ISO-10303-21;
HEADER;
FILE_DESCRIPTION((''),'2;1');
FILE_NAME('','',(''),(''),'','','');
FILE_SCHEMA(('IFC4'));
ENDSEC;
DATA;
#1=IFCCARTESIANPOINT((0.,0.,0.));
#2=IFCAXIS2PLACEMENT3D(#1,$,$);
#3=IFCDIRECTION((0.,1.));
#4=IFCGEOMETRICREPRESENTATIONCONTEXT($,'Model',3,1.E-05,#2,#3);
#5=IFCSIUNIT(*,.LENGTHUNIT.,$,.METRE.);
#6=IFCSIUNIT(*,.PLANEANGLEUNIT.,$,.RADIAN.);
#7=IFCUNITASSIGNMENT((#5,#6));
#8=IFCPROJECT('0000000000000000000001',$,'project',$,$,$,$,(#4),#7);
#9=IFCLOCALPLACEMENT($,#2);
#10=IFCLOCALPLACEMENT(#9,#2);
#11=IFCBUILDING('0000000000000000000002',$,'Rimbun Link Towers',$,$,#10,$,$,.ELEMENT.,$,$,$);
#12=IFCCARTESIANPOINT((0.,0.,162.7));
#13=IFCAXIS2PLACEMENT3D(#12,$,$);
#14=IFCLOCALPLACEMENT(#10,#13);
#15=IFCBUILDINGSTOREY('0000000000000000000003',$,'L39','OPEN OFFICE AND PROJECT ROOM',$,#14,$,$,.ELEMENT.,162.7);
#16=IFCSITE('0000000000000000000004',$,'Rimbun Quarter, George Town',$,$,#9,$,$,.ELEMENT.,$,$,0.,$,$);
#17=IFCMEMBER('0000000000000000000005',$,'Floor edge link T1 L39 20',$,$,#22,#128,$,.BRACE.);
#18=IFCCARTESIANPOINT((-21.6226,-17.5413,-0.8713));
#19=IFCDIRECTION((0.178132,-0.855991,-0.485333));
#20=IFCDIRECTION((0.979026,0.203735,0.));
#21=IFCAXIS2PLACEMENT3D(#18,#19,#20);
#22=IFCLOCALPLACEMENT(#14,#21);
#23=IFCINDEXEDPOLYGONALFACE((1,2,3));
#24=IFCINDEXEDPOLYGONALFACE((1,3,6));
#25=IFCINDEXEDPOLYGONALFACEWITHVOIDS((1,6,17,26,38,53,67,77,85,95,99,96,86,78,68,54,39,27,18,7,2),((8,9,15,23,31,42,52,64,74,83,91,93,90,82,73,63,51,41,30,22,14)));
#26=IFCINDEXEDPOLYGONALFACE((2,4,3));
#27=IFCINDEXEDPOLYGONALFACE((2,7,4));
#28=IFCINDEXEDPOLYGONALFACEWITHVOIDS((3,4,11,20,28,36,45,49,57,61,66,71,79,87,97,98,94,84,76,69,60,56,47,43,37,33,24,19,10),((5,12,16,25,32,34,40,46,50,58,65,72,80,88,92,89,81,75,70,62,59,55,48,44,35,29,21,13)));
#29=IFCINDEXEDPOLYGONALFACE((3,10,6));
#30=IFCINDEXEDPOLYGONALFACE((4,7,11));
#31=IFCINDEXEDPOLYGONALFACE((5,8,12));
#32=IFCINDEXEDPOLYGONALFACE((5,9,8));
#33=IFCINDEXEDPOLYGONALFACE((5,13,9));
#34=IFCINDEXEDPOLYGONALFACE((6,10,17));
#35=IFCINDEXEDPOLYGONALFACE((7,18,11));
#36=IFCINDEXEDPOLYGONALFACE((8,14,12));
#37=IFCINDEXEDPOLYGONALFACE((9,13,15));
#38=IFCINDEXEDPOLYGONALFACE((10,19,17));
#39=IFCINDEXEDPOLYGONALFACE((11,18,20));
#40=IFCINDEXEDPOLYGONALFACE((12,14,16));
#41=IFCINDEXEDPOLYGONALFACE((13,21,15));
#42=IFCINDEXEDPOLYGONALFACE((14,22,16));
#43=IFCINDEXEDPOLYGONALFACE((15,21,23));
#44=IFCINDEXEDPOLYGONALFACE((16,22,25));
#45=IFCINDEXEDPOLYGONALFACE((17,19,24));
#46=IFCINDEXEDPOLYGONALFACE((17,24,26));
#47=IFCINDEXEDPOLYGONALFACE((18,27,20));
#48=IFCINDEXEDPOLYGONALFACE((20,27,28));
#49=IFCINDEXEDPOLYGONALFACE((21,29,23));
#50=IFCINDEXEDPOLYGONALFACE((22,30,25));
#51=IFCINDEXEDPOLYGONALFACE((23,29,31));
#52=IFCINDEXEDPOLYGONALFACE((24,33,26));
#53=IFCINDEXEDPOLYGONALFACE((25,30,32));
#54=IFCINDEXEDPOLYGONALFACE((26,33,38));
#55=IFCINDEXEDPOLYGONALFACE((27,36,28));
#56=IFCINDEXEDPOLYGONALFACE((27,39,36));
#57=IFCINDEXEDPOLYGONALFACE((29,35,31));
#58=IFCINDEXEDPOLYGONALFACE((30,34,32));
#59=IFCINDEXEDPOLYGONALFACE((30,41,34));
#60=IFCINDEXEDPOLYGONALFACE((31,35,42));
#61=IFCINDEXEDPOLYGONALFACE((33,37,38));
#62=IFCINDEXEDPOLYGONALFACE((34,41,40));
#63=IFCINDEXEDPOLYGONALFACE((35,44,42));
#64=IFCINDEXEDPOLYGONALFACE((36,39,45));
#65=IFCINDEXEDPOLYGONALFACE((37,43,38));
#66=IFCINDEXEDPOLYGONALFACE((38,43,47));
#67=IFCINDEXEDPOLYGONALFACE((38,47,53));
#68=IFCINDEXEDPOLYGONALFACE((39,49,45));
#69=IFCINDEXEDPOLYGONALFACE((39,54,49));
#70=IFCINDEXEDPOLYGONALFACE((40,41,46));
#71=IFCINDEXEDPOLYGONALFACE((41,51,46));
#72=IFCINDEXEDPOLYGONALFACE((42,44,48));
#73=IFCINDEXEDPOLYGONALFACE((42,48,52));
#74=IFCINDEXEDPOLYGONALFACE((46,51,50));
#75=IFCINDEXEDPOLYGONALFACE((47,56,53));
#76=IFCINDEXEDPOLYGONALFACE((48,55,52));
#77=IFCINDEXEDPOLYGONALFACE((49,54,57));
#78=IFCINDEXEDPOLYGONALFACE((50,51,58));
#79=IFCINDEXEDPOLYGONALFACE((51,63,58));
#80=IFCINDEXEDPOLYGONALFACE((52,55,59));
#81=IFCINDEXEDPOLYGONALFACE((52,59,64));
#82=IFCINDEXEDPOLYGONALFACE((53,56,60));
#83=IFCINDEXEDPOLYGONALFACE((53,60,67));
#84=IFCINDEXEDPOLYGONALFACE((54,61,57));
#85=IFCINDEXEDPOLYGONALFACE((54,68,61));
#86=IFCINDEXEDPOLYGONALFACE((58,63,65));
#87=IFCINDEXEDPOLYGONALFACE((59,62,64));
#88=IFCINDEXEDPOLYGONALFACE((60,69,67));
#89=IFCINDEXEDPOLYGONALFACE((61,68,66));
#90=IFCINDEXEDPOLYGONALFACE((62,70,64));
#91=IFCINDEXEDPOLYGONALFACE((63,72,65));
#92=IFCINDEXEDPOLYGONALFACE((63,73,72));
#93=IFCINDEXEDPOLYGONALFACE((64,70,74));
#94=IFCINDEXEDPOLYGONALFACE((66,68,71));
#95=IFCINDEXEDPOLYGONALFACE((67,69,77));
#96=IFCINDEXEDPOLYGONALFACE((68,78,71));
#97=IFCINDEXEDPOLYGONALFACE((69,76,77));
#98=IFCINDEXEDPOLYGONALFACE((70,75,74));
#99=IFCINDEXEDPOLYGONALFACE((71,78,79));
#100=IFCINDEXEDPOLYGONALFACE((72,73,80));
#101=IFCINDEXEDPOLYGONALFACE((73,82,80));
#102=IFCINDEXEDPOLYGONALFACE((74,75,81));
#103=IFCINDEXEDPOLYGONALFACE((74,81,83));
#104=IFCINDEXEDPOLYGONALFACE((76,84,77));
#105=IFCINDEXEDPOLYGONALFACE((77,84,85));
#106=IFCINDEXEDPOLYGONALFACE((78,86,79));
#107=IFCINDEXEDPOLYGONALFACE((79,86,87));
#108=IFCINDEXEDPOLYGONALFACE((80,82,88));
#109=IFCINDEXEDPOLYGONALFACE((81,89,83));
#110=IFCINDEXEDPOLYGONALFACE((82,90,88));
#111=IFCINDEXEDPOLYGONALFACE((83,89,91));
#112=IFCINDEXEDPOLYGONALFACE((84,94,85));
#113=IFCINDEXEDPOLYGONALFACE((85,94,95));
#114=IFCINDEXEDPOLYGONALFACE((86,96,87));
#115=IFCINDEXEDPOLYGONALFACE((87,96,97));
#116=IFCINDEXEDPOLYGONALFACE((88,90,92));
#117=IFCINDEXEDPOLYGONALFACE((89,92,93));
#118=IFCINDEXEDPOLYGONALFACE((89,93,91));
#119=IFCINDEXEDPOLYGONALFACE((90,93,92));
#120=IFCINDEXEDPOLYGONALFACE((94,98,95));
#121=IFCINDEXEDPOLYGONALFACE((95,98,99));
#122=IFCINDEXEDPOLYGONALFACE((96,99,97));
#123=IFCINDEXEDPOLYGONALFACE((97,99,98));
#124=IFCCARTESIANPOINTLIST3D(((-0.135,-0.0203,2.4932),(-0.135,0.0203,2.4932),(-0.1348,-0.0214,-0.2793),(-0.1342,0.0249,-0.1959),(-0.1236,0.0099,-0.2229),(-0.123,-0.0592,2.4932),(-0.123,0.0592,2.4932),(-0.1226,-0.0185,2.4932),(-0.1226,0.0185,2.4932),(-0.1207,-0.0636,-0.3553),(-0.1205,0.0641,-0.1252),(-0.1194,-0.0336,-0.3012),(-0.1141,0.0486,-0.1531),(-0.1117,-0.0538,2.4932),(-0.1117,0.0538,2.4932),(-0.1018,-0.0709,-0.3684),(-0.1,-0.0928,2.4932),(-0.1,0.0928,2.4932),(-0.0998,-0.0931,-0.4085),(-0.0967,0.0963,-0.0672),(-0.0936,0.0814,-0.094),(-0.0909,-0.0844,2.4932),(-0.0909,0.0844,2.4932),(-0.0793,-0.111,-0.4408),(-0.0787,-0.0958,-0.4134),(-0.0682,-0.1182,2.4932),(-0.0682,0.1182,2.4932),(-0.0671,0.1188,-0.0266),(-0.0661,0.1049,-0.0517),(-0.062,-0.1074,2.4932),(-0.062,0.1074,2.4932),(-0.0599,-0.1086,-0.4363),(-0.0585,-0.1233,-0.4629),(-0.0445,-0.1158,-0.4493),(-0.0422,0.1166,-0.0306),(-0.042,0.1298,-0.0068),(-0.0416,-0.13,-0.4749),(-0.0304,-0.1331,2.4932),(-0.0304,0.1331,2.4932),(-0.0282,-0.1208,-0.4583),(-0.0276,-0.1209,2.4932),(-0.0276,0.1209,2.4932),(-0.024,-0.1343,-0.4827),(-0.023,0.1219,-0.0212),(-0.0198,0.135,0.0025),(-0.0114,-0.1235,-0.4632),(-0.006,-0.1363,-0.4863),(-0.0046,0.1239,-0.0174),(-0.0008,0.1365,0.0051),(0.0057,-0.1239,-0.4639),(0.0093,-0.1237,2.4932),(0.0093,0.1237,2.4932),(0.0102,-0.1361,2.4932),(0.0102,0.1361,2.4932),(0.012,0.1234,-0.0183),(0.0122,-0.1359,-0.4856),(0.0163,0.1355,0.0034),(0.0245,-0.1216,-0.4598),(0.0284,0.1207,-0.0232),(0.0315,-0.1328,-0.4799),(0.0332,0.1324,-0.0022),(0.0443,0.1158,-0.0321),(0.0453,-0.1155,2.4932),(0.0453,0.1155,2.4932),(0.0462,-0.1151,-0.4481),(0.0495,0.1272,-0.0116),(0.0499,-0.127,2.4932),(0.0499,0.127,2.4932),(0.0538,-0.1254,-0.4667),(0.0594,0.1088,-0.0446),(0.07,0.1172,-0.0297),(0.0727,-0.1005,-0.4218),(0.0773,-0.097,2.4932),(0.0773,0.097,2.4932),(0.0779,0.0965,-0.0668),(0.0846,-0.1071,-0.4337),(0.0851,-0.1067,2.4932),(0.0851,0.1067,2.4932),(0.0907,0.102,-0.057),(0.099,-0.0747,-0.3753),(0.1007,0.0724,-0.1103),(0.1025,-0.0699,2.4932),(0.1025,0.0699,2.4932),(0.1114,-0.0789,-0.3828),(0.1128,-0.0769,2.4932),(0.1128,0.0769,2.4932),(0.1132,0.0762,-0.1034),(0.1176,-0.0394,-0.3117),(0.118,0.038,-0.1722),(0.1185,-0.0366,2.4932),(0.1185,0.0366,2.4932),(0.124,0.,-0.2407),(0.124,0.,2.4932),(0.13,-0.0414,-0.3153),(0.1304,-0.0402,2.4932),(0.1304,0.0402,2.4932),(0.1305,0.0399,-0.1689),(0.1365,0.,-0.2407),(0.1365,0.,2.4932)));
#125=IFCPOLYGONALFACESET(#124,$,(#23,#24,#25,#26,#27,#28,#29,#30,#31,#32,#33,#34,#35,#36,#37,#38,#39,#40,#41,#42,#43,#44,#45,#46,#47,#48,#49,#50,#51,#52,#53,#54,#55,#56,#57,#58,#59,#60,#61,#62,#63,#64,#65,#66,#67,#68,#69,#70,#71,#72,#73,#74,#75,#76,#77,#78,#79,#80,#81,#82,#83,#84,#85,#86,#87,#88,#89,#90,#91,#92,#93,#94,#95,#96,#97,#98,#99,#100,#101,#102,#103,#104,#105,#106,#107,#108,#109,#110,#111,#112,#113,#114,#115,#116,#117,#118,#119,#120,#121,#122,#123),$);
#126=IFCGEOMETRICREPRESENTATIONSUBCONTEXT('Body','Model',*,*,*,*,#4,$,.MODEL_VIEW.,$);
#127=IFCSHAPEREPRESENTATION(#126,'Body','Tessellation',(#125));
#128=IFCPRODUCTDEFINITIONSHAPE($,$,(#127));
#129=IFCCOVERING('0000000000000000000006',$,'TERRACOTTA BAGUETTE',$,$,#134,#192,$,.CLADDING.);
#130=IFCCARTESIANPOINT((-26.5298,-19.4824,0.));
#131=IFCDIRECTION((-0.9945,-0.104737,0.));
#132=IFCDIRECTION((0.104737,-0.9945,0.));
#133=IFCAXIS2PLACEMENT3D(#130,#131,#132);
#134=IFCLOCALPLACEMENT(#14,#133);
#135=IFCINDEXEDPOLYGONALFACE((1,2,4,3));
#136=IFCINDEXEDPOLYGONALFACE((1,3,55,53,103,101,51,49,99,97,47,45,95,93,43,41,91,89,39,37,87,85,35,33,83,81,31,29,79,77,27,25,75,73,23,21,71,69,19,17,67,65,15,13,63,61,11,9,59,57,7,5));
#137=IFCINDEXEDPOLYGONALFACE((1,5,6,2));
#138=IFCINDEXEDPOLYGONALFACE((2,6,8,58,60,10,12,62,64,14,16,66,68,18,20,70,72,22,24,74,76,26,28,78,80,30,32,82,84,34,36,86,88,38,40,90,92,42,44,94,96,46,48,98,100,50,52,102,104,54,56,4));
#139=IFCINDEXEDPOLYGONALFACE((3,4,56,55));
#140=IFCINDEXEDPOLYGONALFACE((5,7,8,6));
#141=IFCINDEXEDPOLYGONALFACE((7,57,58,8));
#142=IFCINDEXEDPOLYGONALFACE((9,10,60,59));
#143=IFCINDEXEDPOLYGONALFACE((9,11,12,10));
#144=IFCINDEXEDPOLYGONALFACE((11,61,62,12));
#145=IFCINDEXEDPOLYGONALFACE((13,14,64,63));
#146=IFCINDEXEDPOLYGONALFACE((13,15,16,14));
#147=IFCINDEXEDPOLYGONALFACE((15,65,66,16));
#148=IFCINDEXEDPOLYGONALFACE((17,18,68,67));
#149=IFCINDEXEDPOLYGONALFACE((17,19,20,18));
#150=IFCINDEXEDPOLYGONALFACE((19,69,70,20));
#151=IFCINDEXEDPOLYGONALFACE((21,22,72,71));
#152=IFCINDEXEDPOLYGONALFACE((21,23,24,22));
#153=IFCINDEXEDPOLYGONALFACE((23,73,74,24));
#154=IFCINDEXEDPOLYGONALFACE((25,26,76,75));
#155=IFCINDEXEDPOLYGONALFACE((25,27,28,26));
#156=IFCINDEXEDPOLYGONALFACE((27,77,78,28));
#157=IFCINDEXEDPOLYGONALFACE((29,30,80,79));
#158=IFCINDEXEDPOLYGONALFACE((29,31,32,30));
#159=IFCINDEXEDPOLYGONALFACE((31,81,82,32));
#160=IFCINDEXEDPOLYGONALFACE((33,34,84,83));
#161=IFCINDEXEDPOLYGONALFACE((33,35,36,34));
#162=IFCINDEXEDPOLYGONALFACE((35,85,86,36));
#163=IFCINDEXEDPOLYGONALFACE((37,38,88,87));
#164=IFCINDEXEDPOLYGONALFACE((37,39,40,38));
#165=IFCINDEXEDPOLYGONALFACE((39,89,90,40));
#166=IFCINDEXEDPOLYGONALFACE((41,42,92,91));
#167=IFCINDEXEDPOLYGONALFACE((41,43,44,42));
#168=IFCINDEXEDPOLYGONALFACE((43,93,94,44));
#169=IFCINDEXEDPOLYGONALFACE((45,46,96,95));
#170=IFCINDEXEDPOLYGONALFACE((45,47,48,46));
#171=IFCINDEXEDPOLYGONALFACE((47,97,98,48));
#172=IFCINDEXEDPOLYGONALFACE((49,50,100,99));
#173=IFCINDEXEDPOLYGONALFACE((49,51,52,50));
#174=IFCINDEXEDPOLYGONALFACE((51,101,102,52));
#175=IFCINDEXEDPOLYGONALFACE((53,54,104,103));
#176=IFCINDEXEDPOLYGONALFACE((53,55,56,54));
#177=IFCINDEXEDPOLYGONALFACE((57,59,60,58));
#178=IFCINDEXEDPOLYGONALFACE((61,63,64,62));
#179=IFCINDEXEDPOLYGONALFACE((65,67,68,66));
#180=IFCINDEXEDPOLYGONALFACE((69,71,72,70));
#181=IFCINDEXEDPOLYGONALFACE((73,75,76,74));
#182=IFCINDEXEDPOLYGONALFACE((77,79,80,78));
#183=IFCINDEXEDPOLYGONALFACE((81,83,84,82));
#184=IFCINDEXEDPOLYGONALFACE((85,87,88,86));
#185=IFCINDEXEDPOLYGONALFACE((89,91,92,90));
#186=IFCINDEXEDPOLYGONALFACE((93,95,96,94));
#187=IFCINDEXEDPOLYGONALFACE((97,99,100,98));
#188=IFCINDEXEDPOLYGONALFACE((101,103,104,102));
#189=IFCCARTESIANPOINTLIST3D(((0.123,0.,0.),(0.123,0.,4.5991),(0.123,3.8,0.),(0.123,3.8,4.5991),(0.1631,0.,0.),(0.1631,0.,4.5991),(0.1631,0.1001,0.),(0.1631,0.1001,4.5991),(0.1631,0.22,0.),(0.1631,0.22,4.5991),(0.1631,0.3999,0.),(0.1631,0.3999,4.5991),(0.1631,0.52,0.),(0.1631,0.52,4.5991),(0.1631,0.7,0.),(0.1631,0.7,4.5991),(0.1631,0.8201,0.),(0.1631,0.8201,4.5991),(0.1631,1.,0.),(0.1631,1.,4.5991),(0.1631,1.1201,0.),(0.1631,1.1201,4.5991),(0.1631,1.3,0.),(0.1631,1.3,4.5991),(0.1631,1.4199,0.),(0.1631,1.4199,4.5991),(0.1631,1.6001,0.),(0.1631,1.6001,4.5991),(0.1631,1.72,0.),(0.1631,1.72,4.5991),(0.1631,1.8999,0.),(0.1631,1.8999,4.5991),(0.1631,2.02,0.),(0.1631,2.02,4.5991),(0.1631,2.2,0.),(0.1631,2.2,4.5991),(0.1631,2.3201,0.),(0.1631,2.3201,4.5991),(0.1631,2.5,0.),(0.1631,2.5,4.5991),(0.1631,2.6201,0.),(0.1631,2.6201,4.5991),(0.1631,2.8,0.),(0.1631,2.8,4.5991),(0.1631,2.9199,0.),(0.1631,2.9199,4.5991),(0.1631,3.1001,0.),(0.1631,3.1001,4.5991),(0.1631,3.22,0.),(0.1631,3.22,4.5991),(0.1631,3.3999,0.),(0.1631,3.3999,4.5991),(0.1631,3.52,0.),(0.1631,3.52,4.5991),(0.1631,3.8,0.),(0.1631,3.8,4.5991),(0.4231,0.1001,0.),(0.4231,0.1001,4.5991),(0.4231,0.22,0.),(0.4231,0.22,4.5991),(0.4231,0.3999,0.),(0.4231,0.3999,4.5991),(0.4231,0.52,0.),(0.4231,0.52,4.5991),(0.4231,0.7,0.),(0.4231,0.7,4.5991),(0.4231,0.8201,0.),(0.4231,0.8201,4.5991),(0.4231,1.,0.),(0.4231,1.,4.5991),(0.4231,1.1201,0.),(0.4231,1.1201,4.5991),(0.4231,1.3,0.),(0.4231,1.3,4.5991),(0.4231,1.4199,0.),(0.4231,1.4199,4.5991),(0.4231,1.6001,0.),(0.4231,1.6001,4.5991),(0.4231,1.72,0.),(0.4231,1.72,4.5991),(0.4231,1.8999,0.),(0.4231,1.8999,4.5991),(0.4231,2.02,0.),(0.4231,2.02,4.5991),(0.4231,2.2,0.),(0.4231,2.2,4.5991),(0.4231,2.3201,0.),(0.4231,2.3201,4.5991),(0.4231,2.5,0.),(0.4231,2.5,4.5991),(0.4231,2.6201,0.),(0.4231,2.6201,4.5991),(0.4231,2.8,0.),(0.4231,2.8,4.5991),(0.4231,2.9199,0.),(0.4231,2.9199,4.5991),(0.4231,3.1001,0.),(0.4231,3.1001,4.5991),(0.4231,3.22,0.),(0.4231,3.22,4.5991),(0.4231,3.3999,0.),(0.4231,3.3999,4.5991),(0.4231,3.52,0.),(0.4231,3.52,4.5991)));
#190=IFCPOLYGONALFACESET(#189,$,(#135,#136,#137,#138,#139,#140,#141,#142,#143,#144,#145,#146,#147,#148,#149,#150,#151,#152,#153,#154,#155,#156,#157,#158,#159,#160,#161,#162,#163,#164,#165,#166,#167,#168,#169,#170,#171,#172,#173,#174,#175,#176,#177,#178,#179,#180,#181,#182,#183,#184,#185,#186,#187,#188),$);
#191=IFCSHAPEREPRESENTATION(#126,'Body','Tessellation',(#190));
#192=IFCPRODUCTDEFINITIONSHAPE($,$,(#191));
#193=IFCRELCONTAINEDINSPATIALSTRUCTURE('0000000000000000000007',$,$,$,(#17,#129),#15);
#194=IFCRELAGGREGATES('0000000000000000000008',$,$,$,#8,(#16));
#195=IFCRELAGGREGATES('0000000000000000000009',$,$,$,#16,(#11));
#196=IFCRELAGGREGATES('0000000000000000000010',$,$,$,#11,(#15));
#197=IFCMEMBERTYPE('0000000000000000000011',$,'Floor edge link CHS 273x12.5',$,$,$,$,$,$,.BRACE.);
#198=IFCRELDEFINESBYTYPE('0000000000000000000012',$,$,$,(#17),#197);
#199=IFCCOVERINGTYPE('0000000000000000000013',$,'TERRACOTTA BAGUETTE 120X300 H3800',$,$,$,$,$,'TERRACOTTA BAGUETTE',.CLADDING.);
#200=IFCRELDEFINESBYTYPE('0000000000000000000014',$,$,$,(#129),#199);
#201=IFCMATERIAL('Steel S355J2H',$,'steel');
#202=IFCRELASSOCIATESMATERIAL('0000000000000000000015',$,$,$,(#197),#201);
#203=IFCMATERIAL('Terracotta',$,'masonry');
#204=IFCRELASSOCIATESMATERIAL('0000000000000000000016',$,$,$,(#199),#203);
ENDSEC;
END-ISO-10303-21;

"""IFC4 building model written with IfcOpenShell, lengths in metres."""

from ifc_helpers import new_model, si_unit, direction, frame, origin, origin_2d, place, context, subcontext, project, spatial, polyline, hollow_circle, outline, extrude, clip, halfspace, material, material_profile, profile_set, type_object, element, save


model = new_model("IFC4")

# Units and contexts
model_context = context("Model", 3, precision=1e-05, world=origin(), true_north=direction((0.0, 1.0)))
body_context = subcontext(model_context, "Body", "Model", "MODEL_VIEW")
ifc_project = project(units=[si_unit("LENGTHUNIT", "METRE"), si_unit("PLANEANGLEUNIT", "RADIAN")], contexts=[model_context])

# Site, building, storey
site_placement = place(None, origin())
site = spatial("IfcSite", under=ifc_project, at=site_placement, Name="Rimbun Quarter, George Town", CompositionType="ELEMENT", RefElevation=0.0)
building_placement = place(site_placement, origin())
building = spatial("IfcBuilding", under=site, at=building_placement, Name="Rimbun Link Towers", CompositionType="ELEMENT")
storey_placement = place(building_placement, frame((0.0, 0.0, 162.7)))
storey = spatial("IfcBuildingStorey", under=building, at=storey_placement, Name="L39", Description="OPEN OFFICE AND PROJECT ROOM", CompositionType="ELEMENT", Elevation=162.7)

# Member
ifc_material_1 = material(Name="Steel S355J2H", Category="steel")
ifc_material_profile_1 = material_profile(ifc_material_1, hollow_circle(Radius=0.1365, WallThickness=0.0125, at=origin_2d()), Name="CHS 273x12.5")
ifc_profile_set_1 = profile_set([ifc_material_profile_1], Name="Steel S355J2H")
member_type_1 = type_object("IfcMemberType", Name="Floor edge link CHS 273x12.5", PredefinedType="BRACE", material=ifc_profile_set_1)
member_1_placement = place(storey_placement, frame((-21.6226, -17.5413, -0.8713), z_axis=(0.178132, -0.855991, -0.485333), x_axis=(0.979026, 0.203735, 0.0)))
element("IfcMember", 1, at=member_1_placement, inside=storey, type_object=member_type_1, Name="Floor edge link T1 L39 20", PredefinedType="BRACE", context=body_context, shape_type="Clipping", body=[
    clip(extrude(hollow_circle(Radius=0.1365, WallThickness=0.0125, at=origin_2d()), frame((0.0, 0.0, -0.5125)), (0.0, 0.0, 1.0), 3.0056), halfspace(frame((0.0, 0.0, -0.2407), z_axis=(0.0, 0.87433, -0.485333)), False)),
])

# Covering
ifc_material_2 = material(Name="Terracotta", Category="masonry")
ifc_material_profile_2 = material_profile(ifc_material_2, outline(polyline([(0.123, 0.0), (0.1631, 0.0), (0.1631, 0.1001), (0.4231, 0.1001), (0.4231, 0.22), (0.1631, 0.22), (0.1631, 0.3999), (0.4231, 0.3999), (0.4231, 0.52), (0.1631, 0.52), (0.1631, 0.7), (0.4231, 0.7), (0.4231, 0.8201), (0.1631, 0.8201), (0.1631, 1.0), (0.4231, 1.0), (0.4231, 1.1201), (0.1631, 1.1201), (0.1631, 1.3), (0.4231, 1.3), (0.4231, 1.4199), (0.1631, 1.4199), (0.1631, 1.6001), (0.4231, 1.6001), (0.4231, 1.72), (0.1631, 1.72), (0.1631, 1.8999), (0.4231, 1.8999), (0.4231, 2.02), (0.1631, 2.02), (0.1631, 2.2), (0.4231, 2.2), (0.4231, 2.3201), (0.1631, 2.3201), (0.1631, 2.5), (0.4231, 2.5), (0.4231, 2.6201), (0.1631, 2.6201), (0.1631, 2.8), (0.4231, 2.8), (0.4231, 2.9199), (0.1631, 2.9199), (0.1631, 3.1001), (0.4231, 3.1001), (0.4231, 3.22), (0.1631, 3.22), (0.1631, 3.3999), (0.4231, 3.3999), (0.4231, 3.52), (0.1631, 3.52), (0.1631, 3.8), (0.123, 3.8), (0.123, 0.0)])), Name="BAGUETTE 120X300")
ifc_profile_set_2 = profile_set([ifc_material_profile_2], Name="Terracotta")
covering_type = type_object("IfcCoveringType", Name="TERRACOTTA BAGUETTE 120X300 H3800", ElementType="TERRACOTTA BAGUETTE", PredefinedType="CLADDING", material=ifc_profile_set_2)
covering_1_placement = place(storey_placement, frame((-26.5298, -19.4824, 0.0), z_axis=(-0.9945, -0.104737, 0.0), x_axis=(0.104737, -0.9945, 0.0)))
element("IfcCovering", 2, at=covering_1_placement, inside=storey, type_object=covering_type, Name="TERRACOTTA BAGUETTE", PredefinedType="CLADDING", context=body_context, shape_type="SweptSolid", body=[
    extrude(outline(polyline([(0.123, 0.0), (0.1631, 0.0), (0.1631, 0.1001), (0.4231, 0.1001), (0.4231, 0.22), (0.1631, 0.22), (0.1631, 0.3999), (0.4231, 0.3999), (0.4231, 0.52), (0.1631, 0.52), (0.1631, 0.7), (0.4231, 0.7), (0.4231, 0.8201), (0.1631, 0.8201), (0.1631, 1.0), (0.4231, 1.0), (0.4231, 1.1201), (0.1631, 1.1201), (0.1631, 1.3), (0.4231, 1.3), (0.4231, 1.4199), (0.1631, 1.4199), (0.1631, 1.6001), (0.4231, 1.6001), (0.4231, 1.72), (0.1631, 1.72), (0.1631, 1.8999), (0.4231, 1.8999), (0.4231, 2.02), (0.1631, 2.02), (0.1631, 2.2), (0.4231, 2.2), (0.4231, 2.3201), (0.1631, 2.3201), (0.1631, 2.5), (0.4231, 2.5), (0.4231, 2.6201), (0.1631, 2.6201), (0.1631, 2.8), (0.4231, 2.8), (0.4231, 2.9199), (0.1631, 2.9199), (0.1631, 3.1001), (0.4231, 3.1001), (0.4231, 3.22), (0.1631, 3.22), (0.1631, 3.3999), (0.4231, 3.3999), (0.4231, 3.52), (0.1631, 3.52), (0.1631, 3.8), (0.123, 3.8), (0.123, 0.0)])), origin(), (0.0, 0.0, 1.0), 4.5991),
])

save(model, "model.ifc")
